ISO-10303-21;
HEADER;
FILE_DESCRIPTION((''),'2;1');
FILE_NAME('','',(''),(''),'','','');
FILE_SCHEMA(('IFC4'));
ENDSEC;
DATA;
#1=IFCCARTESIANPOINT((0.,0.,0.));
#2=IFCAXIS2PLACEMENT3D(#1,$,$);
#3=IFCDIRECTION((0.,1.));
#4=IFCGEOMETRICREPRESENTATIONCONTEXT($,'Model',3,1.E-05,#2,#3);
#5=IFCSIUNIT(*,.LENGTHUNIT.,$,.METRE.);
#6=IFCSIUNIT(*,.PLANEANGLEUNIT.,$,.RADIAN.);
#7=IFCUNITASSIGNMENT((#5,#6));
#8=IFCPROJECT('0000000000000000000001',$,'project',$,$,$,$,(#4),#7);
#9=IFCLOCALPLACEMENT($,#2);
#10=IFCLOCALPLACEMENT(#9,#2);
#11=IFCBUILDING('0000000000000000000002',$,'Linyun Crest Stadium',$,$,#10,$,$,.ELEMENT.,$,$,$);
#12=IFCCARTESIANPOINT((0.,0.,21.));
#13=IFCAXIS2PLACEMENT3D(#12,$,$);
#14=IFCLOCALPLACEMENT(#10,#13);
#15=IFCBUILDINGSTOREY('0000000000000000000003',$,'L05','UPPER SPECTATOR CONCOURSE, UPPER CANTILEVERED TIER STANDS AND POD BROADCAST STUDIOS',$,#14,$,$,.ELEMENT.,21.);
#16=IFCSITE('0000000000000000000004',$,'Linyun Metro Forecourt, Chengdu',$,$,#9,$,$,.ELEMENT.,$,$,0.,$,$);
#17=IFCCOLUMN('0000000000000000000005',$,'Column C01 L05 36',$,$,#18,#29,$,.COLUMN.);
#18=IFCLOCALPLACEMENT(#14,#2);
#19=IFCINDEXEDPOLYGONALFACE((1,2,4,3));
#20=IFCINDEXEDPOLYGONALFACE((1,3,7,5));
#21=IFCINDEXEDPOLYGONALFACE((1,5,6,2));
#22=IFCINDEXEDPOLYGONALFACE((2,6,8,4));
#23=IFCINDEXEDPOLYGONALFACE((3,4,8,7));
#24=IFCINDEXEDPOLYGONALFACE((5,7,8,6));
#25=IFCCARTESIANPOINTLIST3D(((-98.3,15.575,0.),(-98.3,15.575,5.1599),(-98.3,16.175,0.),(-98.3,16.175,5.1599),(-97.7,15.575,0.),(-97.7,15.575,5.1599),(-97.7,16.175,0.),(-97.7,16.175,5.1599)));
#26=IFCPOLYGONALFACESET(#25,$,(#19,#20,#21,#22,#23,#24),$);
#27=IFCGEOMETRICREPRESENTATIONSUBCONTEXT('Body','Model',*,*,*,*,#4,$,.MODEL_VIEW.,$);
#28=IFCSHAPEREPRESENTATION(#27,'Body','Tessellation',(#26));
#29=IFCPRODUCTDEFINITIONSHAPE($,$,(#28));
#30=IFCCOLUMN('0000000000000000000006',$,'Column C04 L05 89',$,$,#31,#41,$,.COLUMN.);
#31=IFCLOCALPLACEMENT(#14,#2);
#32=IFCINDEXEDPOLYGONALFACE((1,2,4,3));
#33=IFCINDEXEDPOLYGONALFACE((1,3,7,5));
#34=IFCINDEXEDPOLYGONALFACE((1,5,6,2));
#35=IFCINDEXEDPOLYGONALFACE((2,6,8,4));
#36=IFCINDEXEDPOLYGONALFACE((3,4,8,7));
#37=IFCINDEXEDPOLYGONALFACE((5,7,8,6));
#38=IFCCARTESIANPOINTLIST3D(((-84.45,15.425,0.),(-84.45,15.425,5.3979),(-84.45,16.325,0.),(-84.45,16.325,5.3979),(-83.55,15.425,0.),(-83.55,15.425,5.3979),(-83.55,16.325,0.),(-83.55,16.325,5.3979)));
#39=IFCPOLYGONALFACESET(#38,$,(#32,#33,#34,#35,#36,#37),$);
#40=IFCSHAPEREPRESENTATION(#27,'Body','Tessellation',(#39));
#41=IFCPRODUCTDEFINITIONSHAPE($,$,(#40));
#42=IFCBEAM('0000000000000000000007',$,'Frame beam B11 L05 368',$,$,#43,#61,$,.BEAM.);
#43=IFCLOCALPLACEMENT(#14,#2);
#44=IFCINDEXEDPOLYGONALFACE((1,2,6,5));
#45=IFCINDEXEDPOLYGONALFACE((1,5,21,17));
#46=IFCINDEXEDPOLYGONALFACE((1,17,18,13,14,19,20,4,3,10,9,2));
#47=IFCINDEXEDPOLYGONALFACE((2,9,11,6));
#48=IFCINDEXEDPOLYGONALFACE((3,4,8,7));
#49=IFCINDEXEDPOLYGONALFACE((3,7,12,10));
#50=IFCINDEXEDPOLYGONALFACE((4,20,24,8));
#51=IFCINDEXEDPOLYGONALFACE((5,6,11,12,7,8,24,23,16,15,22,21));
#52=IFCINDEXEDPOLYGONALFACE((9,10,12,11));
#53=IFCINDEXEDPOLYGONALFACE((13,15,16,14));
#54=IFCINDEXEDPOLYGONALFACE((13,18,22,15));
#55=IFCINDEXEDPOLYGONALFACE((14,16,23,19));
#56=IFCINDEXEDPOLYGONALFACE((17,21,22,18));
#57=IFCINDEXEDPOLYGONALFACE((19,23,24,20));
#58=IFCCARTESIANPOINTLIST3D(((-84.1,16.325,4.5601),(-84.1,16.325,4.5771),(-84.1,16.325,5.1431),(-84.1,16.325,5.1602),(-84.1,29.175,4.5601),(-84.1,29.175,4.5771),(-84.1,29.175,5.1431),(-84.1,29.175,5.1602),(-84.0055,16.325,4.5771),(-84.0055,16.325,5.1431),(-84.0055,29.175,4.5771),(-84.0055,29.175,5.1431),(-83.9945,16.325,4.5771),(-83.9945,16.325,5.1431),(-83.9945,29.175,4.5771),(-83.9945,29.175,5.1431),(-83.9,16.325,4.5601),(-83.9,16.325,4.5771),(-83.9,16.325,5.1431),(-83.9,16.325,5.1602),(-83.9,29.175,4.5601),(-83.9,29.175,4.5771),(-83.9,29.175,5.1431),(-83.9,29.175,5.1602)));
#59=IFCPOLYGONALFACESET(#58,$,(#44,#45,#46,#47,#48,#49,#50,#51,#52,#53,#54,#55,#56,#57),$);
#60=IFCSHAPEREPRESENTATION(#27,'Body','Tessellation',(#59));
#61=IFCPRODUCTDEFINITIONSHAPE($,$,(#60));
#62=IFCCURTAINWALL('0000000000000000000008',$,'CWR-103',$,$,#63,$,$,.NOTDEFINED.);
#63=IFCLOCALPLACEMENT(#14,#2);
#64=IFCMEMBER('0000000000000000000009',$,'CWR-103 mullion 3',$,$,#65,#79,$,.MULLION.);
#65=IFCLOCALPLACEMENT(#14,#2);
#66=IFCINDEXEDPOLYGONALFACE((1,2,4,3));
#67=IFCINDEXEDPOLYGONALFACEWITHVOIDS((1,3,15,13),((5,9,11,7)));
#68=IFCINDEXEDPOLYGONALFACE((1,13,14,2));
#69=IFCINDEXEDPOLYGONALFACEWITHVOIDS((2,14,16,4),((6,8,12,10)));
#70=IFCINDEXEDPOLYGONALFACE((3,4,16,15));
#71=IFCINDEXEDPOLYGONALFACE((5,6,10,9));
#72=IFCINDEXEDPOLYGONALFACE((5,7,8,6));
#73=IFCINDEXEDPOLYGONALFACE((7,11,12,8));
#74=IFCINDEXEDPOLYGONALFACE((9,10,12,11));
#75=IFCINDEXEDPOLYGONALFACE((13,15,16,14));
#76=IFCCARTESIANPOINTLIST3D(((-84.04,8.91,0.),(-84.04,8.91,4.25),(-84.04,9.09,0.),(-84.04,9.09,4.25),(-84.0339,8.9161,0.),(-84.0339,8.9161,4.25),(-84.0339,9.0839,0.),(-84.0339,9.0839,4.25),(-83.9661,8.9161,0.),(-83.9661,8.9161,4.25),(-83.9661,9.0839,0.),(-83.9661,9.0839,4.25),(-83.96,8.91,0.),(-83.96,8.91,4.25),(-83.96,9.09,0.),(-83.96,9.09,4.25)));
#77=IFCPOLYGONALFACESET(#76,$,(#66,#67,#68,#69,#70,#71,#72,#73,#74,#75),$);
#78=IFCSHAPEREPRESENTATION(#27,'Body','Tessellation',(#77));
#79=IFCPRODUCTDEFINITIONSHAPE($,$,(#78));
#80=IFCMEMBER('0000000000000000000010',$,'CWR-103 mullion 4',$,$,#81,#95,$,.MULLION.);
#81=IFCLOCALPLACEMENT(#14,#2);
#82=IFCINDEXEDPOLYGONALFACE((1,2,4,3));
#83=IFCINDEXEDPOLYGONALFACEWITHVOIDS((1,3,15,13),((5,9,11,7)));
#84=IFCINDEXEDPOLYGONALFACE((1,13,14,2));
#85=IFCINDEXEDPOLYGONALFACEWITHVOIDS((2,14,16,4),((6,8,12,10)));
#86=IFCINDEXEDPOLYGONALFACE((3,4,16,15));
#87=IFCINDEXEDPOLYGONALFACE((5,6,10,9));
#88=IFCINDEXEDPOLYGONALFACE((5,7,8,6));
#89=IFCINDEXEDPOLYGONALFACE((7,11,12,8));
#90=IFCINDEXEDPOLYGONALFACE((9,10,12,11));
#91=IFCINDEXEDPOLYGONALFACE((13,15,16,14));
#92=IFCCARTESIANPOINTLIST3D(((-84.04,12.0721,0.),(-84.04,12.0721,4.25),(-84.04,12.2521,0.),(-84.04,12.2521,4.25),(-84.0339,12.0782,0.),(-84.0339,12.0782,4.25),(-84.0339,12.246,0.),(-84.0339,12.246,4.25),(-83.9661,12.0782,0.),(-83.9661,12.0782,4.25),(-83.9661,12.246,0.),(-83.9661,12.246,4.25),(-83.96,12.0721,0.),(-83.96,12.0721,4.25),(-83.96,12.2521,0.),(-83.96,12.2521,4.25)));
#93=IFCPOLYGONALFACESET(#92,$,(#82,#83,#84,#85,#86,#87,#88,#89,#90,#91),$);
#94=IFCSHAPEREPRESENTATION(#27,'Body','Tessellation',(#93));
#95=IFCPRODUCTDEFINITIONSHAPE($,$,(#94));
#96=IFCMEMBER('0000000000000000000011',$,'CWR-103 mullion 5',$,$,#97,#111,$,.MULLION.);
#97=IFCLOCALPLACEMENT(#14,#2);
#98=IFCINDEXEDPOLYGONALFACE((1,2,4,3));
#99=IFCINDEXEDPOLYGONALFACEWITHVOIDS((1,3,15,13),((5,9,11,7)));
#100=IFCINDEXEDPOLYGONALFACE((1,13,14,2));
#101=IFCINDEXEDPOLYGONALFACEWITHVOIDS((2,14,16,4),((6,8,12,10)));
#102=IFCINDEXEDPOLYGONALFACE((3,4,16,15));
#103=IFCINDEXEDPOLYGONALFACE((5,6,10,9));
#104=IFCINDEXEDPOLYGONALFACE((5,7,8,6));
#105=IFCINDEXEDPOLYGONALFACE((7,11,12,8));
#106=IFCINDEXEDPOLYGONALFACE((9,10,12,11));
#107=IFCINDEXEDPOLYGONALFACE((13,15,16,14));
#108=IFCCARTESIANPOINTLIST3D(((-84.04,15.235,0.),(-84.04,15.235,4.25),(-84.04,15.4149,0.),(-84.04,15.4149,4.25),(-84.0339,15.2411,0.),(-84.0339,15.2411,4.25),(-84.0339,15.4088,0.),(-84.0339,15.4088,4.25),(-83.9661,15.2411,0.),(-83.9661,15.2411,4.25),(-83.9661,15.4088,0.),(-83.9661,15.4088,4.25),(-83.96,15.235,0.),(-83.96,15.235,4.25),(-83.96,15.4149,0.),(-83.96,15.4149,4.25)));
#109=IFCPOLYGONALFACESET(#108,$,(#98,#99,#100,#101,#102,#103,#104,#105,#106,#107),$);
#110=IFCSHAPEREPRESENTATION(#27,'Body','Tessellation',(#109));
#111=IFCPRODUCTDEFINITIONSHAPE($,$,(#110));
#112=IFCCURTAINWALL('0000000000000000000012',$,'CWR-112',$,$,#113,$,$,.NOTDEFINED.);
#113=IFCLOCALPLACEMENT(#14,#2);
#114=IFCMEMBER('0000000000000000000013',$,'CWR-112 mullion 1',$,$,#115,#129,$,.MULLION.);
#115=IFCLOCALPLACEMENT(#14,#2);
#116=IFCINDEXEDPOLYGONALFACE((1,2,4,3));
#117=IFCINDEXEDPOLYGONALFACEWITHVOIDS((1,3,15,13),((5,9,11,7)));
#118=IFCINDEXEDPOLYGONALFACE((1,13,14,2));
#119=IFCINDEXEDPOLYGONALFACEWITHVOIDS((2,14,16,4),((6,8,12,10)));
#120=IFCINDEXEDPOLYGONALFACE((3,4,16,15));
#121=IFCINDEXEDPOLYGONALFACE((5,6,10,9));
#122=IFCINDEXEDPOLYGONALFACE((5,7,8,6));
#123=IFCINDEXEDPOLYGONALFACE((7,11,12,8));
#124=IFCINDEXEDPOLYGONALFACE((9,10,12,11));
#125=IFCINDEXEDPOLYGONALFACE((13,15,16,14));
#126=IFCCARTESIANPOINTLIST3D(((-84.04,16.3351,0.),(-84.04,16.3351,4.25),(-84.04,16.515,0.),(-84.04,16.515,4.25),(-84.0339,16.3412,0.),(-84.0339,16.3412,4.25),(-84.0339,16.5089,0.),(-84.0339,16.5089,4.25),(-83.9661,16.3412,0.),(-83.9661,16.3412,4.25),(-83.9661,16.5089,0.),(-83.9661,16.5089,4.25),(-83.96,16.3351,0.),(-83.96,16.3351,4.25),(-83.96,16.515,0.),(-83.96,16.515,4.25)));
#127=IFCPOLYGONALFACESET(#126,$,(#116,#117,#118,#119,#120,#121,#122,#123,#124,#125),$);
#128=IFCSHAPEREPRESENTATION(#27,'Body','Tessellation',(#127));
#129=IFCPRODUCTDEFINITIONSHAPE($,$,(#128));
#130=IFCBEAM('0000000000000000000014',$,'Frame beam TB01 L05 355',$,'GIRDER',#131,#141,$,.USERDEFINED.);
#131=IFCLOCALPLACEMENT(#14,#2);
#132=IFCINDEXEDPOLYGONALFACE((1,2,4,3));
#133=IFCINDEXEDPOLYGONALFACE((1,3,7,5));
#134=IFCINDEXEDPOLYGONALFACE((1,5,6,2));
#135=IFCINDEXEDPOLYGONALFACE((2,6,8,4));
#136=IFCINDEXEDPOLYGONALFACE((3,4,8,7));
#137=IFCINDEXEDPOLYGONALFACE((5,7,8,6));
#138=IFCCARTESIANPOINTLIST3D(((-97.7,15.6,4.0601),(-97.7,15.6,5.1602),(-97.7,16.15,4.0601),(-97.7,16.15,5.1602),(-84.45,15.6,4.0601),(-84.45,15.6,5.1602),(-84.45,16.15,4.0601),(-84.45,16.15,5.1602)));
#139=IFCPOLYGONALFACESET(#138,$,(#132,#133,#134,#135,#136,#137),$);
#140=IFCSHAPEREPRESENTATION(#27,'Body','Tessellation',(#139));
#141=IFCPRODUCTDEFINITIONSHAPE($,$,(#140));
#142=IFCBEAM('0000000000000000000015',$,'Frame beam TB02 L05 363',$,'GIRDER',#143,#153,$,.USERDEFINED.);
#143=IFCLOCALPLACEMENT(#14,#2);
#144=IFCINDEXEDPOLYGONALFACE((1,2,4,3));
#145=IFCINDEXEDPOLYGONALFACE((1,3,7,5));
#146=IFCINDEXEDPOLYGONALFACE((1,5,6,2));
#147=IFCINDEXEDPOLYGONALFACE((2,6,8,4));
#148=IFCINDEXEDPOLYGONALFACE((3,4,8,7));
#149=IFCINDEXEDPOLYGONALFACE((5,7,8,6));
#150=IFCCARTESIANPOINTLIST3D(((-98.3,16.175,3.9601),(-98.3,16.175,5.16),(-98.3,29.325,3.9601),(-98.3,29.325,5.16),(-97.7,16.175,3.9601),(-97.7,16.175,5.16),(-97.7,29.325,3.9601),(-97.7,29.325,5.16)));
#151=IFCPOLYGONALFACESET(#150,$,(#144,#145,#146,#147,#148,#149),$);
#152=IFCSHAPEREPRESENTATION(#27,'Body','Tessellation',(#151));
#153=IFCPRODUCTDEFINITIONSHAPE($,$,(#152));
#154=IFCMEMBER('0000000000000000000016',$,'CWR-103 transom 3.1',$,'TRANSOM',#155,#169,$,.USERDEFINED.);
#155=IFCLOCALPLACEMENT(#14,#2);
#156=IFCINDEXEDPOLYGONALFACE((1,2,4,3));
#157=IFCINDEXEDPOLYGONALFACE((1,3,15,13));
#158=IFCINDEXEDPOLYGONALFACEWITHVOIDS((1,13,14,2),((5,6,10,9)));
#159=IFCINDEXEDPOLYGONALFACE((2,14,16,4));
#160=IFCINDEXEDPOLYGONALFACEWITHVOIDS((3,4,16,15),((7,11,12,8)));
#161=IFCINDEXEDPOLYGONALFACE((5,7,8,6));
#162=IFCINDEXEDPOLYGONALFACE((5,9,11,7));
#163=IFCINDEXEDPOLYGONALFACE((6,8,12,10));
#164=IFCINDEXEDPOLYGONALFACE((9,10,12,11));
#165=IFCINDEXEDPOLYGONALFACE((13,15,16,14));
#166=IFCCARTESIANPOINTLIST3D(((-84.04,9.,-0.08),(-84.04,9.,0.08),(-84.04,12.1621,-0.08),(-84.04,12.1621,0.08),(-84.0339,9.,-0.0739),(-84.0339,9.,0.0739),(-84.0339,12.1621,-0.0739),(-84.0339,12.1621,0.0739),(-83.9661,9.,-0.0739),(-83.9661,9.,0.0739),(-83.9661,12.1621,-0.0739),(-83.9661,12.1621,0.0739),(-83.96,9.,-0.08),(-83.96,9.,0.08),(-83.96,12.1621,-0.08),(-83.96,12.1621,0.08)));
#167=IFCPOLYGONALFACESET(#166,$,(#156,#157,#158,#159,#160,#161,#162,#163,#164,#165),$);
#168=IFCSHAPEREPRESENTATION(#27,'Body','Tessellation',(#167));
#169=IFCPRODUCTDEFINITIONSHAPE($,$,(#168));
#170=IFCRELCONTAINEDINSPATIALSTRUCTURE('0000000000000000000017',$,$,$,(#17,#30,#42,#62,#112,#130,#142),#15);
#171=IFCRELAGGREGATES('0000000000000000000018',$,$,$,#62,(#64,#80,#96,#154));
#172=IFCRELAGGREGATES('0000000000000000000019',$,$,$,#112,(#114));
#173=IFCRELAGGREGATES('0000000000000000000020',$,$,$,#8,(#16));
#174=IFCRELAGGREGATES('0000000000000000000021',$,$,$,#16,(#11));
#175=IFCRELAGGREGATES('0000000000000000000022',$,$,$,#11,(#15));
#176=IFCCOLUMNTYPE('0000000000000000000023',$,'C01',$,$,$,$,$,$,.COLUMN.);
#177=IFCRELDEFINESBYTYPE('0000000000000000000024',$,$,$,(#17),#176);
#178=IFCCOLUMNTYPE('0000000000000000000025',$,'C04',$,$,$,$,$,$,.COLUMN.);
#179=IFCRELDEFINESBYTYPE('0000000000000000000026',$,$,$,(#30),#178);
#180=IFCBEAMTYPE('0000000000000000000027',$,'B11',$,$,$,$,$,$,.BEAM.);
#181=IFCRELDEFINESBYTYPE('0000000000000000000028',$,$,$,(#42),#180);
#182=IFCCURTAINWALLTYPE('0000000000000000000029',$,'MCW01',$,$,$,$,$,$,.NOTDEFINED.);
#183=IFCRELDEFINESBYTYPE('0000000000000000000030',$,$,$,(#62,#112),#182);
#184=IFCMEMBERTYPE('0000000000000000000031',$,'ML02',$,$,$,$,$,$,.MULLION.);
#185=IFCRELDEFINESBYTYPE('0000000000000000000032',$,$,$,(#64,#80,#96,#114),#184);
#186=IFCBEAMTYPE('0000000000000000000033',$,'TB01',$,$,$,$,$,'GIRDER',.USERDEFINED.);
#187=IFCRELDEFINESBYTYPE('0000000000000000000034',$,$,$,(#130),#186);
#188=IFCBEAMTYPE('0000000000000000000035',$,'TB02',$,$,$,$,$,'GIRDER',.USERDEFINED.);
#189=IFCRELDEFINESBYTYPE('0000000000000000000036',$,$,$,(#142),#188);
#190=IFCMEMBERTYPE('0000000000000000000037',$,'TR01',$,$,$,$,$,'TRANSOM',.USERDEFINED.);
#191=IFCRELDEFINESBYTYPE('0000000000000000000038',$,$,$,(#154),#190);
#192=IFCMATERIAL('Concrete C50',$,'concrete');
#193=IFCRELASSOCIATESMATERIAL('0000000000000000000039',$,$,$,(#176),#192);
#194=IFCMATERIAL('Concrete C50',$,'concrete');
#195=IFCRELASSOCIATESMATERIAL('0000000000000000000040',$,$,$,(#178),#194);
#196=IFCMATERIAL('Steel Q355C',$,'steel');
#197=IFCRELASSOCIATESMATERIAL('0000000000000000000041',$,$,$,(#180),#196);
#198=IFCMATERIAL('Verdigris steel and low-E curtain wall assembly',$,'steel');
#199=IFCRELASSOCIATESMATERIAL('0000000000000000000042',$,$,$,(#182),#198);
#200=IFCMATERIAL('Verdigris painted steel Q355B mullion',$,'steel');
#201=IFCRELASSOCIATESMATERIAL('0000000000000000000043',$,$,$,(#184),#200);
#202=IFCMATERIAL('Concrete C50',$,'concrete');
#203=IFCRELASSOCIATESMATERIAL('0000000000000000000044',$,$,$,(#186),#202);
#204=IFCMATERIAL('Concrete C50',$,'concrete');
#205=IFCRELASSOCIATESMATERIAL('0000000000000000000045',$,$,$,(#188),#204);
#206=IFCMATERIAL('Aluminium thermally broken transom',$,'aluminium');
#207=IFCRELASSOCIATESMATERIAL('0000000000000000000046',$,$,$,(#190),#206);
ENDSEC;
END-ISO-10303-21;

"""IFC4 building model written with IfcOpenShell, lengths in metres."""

from ifc_helpers import new_model, si_unit, direction, frame, origin, origin_2d, place, context, subcontext, project, spatial, rectangle, hollow_rectangle, i_section, extrude, material, material_profile, profile_set, type_object, element, aggregate, save


model = new_model("IFC4")

# Units and contexts
model_context = context("Model", 3, precision=1e-05, world=origin(), true_north=direction((0.0, 1.0)))
body_context = subcontext(model_context, "Body", "Model", "MODEL_VIEW")
ifc_project = project(units=[si_unit("LENGTHUNIT", "METRE"), si_unit("PLANEANGLEUNIT", "RADIAN")], contexts=[model_context])

# Site, building, storey
site_placement = place(None, origin())
site = spatial("IfcSite", under=ifc_project, at=site_placement, Name="Linyun Metro Forecourt, Chengdu", CompositionType="ELEMENT", RefElevation=0.0)
building_placement = place(site_placement, origin())
building = spatial("IfcBuilding", under=site, at=building_placement, Name="Linyun Crest Stadium", CompositionType="ELEMENT")
storey_placement = place(building_placement, frame((0.0, 0.0, 21.0)))
storey = spatial("IfcBuildingStorey", under=building, at=storey_placement, Name="L05", Description="UPPER SPECTATOR CONCOURSE, UPPER CANTILEVERED TIER STANDS AND POD BROADCAST STUDIOS", CompositionType="ELEMENT", Elevation=21.0)

# Columns
ifc_material_1 = material(Name="Concrete C50", Category="concrete")
ifc_material_profile_1 = material_profile(ifc_material_1, rectangle(XDim=0.6001, YDim=0.6001, at=origin_2d()), Name="RC 600x600")
ifc_profile_set_1 = profile_set([ifc_material_profile_1], Name="Concrete C50")
column_type_1 = type_object("IfcColumnType", Name="C01", PredefinedType="COLUMN", material=ifc_profile_set_1)
column_1_placement = place(storey_placement, frame((-98.0, 15.875, 0.0), z_axis=(0.0, 0.0, 1.0), x_axis=(1.0, 0.0, 0.0)))
element("IfcColumn", 1, at=column_1_placement, inside=storey, type_object=column_type_1, Name="Column C01 L05 36", PredefinedType="COLUMN", context=body_context, shape_type="SweptSolid", body=[
    extrude(rectangle(XDim=0.6001, YDim=0.6001, at=origin_2d()), origin(), (0.0, 0.0, 1.0), 5.1599),
])
ifc_material_2 = material(Name="Concrete C50", Category="concrete")
ifc_material_profile_2 = material_profile(ifc_material_2, rectangle(XDim=0.8999, YDim=0.8999, at=origin_2d()), Name="RC 900x900")
ifc_profile_set_2 = profile_set([ifc_material_profile_2], Name="Concrete C50")
column_type_2 = type_object("IfcColumnType", Name="C04", PredefinedType="COLUMN", material=ifc_profile_set_2)
column_2_placement = place(storey_placement, frame((-84.0, 15.875, 0.0), z_axis=(0.0, 0.0, 1.0), x_axis=(1.0, 0.0, 0.0)))
element("IfcColumn", 2, at=column_2_placement, inside=storey, type_object=column_type_2, Name="Column C04 L05 89", PredefinedType="COLUMN", context=body_context, shape_type="SweptSolid", body=[
    extrude(rectangle(XDim=0.8999, YDim=0.8999, at=origin_2d()), origin(), (0.0, 0.0, 1.0), 5.3979),
])

# Beam
ifc_material_3 = material(Name="Steel Q355C", Category="steel")
ifc_material_profile_3 = material_profile(ifc_material_3, i_section(OverallWidth=0.2, OverallDepth=0.6001, WebThickness=0.011, FlangeThickness=0.0171, at=origin_2d()), Name="HN 600x200")
ifc_profile_set_3 = profile_set([ifc_material_profile_3], Name="Steel Q355C")
beam_type_1 = type_object("IfcBeamType", Name="B11", PredefinedType="BEAM", material=ifc_profile_set_3)
beam_1_placement = place(storey_placement, frame((-84.0, 16.325, 4.8601), z_axis=(0.0, 1.0, 0.0), x_axis=(-1.0, 0.0, 0.0)))
element("IfcBeam", 3, at=beam_1_placement, inside=storey, type_object=beam_type_1, Name="Frame beam B11 L05 368", PredefinedType="BEAM", context=body_context, shape_type="SweptSolid", body=[
    extrude(i_section(OverallWidth=0.2, OverallDepth=0.6001, WebThickness=0.011, FlangeThickness=0.0171, at=origin_2d()), origin(), (0.0, 0.0, 1.0), 12.8501),
])

# Curtain wall, members
ifc_material_4 = material(Name="Verdigris steel and low-E curtain wall assembly", Category="steel")
curtain_wall_type = type_object("IfcCurtainWallType", Name="MCW01", PredefinedType="NOTDEFINED", material=ifc_material_4)
curtain_wall_1_placement = place(storey_placement, origin())
curtain_wall_1 = element("IfcCurtainWall", 4, at=curtain_wall_1_placement, inside=storey, type_object=curtain_wall_type, Name="CWR-103", PredefinedType="NOTDEFINED")
ifc_material_5 = material(Name="Verdigris painted steel Q355B mullion", Category="steel")
ifc_material_profile_4 = material_profile(ifc_material_5, hollow_rectangle(XDim=0.0801, YDim=0.1799, WallThickness=0.0061, at=origin_2d()), Name="RHS 180x80x6")
ifc_profile_set_4 = profile_set([ifc_material_profile_4], Name="Verdigris painted steel Q355B mullion")
member_type_1 = type_object("IfcMemberType", Name="ML02", PredefinedType="MULLION", material=ifc_profile_set_4)
member_1_placement = place(storey_placement, frame((-84.0, 9.0, 0.0), z_axis=(0.0, 0.0, 1.0), x_axis=(-1.0, 0.0, 0.0)))
member_1 = element("IfcMember", 5, at=member_1_placement, type_object=member_type_1, Name="CWR-103 mullion 3", PredefinedType="MULLION", context=body_context, shape_type="SweptSolid", body=[
    extrude(hollow_rectangle(XDim=0.0801, YDim=0.1799, WallThickness=0.0061, at=origin_2d()), origin(), (0.0, 0.0, 1.0), 4.25),
])
member_2_placement = place(storey_placement, frame((-84.0, 12.1621, 0.0), z_axis=(0.0, 0.0, 1.0), x_axis=(-1.0, 0.0, 0.0)))
member_2 = element("IfcMember", 6, at=member_2_placement, type_object=member_type_1, Name="CWR-103 mullion 4", PredefinedType="MULLION", context=body_context, shape_type="SweptSolid", body=[
    extrude(hollow_rectangle(XDim=0.0801, YDim=0.1799, WallThickness=0.0061, at=origin_2d()), origin(), (0.0, 0.0, 1.0), 4.25),
])
member_3_placement = place(storey_placement, frame((-84.0, 15.325, 0.0), z_axis=(0.0, 0.0, 1.0), x_axis=(-1.0, 0.0, 0.0)))
member_3 = element("IfcMember", 7, at=member_3_placement, type_object=member_type_1, Name="CWR-103 mullion 5", PredefinedType="MULLION", context=body_context, shape_type="SweptSolid", body=[
    extrude(hollow_rectangle(XDim=0.0801, YDim=0.1799, WallThickness=0.0061, at=origin_2d()), origin(), (0.0, 0.0, 1.0), 4.25),
])

# Curtain wall, member
curtain_wall_2_placement = place(storey_placement, origin())
curtain_wall_2 = element("IfcCurtainWall", 8, at=curtain_wall_2_placement, inside=storey, type_object=curtain_wall_type, Name="CWR-112", PredefinedType="NOTDEFINED")
member_4_placement = place(storey_placement, frame((-84.0, 16.425, 0.0), z_axis=(0.0, 0.0, 1.0), x_axis=(-1.0, 0.0, 0.0)))
member_4 = element("IfcMember", 9, at=member_4_placement, type_object=member_type_1, Name="CWR-112 mullion 1", PredefinedType="MULLION", context=body_context, shape_type="SweptSolid", body=[
    extrude(hollow_rectangle(XDim=0.0801, YDim=0.1799, WallThickness=0.0061, at=origin_2d()), origin(), (0.0, 0.0, 1.0), 4.25),
])

# Beams
ifc_material_6 = material(Name="Concrete C50", Category="concrete")
ifc_material_profile_5 = material_profile(ifc_material_6, rectangle(XDim=0.55, YDim=1.1001, at=origin_2d()), Name="RCB 1100x550")
ifc_profile_set_5 = profile_set([ifc_material_profile_5], Name="Concrete C50")
beam_type_2 = type_object("IfcBeamType", Name="TB01", ElementType="GIRDER", PredefinedType="USERDEFINED", material=ifc_profile_set_5)
beam_2_placement = place(storey_placement, frame((-97.7, 15.875, 4.6101), z_axis=(1.0, 0.0, 0.0), x_axis=(0.0, 1.0, 0.0)))
element("IfcBeam", 10, at=beam_2_placement, inside=storey, type_object=beam_type_2, Name="Frame beam TB01 L05 355", ObjectType="GIRDER", PredefinedType="USERDEFINED", context=body_context, shape_type="SweptSolid", body=[
    extrude(rectangle(XDim=0.55, YDim=1.1001, at=origin_2d()), origin(), (0.0, 0.0, 1.0), 13.25),
])
ifc_material_7 = material(Name="Concrete C50", Category="concrete")
ifc_material_profile_6 = material_profile(ifc_material_7, rectangle(XDim=0.6001, YDim=1.2, at=origin_2d()), Name="RCB 1200x600")
ifc_profile_set_6 = profile_set([ifc_material_profile_6], Name="Concrete C50")
beam_type_3 = type_object("IfcBeamType", Name="TB02", ElementType="GIRDER", PredefinedType="USERDEFINED", material=ifc_profile_set_6)
beam_3_placement = place(storey_placement, frame((-98.0, 16.175, 4.5601), z_axis=(0.0, 1.0, 0.0), x_axis=(-1.0, 0.0, 0.0)))
element("IfcBeam", 11, at=beam_3_placement, inside=storey, type_object=beam_type_3, Name="Frame beam TB02 L05 363", ObjectType="GIRDER", PredefinedType="USERDEFINED", context=body_context, shape_type="SweptSolid", body=[
    extrude(rectangle(XDim=0.6001, YDim=1.2, at=origin_2d()), origin(), (0.0, 0.0, 1.0), 13.1499),
])

# Member
ifc_material_8 = material(Name="Aluminium thermally broken transom", Category="aluminium")
ifc_material_profile_7 = material_profile(ifc_material_8, hollow_rectangle(XDim=0.0801, YDim=0.1599, WallThickness=0.0061, at=origin_2d()), Name="RHS 160x80x6")
ifc_profile_set_7 = profile_set([ifc_material_profile_7], Name="Aluminium thermally broken transom")
member_type_2 = type_object("IfcMemberType", Name="TR01", ElementType="TRANSOM", PredefinedType="USERDEFINED", material=ifc_profile_set_7)
member_5_placement = place(storey_placement, frame((-84.0, 9.0, 0.0), z_axis=(0.0, 1.0, 0.0), x_axis=(-1.0, 0.0, 0.0)))
member_5 = element("IfcMember", 12, at=member_5_placement, type_object=member_type_2, Name="CWR-103 transom 3.1", ObjectType="TRANSOM", PredefinedType="USERDEFINED", context=body_context, shape_type="SweptSolid", body=[
    extrude(hollow_rectangle(XDim=0.0801, YDim=0.1599, WallThickness=0.0061, at=origin_2d()), origin(), (0.0, 0.0, 1.0), 3.1621),
])

aggregate(curtain_wall_1, [member_1, member_2, member_3, member_5])
aggregate(curtain_wall_2, [member_4])

save(model, "model.ifc")
